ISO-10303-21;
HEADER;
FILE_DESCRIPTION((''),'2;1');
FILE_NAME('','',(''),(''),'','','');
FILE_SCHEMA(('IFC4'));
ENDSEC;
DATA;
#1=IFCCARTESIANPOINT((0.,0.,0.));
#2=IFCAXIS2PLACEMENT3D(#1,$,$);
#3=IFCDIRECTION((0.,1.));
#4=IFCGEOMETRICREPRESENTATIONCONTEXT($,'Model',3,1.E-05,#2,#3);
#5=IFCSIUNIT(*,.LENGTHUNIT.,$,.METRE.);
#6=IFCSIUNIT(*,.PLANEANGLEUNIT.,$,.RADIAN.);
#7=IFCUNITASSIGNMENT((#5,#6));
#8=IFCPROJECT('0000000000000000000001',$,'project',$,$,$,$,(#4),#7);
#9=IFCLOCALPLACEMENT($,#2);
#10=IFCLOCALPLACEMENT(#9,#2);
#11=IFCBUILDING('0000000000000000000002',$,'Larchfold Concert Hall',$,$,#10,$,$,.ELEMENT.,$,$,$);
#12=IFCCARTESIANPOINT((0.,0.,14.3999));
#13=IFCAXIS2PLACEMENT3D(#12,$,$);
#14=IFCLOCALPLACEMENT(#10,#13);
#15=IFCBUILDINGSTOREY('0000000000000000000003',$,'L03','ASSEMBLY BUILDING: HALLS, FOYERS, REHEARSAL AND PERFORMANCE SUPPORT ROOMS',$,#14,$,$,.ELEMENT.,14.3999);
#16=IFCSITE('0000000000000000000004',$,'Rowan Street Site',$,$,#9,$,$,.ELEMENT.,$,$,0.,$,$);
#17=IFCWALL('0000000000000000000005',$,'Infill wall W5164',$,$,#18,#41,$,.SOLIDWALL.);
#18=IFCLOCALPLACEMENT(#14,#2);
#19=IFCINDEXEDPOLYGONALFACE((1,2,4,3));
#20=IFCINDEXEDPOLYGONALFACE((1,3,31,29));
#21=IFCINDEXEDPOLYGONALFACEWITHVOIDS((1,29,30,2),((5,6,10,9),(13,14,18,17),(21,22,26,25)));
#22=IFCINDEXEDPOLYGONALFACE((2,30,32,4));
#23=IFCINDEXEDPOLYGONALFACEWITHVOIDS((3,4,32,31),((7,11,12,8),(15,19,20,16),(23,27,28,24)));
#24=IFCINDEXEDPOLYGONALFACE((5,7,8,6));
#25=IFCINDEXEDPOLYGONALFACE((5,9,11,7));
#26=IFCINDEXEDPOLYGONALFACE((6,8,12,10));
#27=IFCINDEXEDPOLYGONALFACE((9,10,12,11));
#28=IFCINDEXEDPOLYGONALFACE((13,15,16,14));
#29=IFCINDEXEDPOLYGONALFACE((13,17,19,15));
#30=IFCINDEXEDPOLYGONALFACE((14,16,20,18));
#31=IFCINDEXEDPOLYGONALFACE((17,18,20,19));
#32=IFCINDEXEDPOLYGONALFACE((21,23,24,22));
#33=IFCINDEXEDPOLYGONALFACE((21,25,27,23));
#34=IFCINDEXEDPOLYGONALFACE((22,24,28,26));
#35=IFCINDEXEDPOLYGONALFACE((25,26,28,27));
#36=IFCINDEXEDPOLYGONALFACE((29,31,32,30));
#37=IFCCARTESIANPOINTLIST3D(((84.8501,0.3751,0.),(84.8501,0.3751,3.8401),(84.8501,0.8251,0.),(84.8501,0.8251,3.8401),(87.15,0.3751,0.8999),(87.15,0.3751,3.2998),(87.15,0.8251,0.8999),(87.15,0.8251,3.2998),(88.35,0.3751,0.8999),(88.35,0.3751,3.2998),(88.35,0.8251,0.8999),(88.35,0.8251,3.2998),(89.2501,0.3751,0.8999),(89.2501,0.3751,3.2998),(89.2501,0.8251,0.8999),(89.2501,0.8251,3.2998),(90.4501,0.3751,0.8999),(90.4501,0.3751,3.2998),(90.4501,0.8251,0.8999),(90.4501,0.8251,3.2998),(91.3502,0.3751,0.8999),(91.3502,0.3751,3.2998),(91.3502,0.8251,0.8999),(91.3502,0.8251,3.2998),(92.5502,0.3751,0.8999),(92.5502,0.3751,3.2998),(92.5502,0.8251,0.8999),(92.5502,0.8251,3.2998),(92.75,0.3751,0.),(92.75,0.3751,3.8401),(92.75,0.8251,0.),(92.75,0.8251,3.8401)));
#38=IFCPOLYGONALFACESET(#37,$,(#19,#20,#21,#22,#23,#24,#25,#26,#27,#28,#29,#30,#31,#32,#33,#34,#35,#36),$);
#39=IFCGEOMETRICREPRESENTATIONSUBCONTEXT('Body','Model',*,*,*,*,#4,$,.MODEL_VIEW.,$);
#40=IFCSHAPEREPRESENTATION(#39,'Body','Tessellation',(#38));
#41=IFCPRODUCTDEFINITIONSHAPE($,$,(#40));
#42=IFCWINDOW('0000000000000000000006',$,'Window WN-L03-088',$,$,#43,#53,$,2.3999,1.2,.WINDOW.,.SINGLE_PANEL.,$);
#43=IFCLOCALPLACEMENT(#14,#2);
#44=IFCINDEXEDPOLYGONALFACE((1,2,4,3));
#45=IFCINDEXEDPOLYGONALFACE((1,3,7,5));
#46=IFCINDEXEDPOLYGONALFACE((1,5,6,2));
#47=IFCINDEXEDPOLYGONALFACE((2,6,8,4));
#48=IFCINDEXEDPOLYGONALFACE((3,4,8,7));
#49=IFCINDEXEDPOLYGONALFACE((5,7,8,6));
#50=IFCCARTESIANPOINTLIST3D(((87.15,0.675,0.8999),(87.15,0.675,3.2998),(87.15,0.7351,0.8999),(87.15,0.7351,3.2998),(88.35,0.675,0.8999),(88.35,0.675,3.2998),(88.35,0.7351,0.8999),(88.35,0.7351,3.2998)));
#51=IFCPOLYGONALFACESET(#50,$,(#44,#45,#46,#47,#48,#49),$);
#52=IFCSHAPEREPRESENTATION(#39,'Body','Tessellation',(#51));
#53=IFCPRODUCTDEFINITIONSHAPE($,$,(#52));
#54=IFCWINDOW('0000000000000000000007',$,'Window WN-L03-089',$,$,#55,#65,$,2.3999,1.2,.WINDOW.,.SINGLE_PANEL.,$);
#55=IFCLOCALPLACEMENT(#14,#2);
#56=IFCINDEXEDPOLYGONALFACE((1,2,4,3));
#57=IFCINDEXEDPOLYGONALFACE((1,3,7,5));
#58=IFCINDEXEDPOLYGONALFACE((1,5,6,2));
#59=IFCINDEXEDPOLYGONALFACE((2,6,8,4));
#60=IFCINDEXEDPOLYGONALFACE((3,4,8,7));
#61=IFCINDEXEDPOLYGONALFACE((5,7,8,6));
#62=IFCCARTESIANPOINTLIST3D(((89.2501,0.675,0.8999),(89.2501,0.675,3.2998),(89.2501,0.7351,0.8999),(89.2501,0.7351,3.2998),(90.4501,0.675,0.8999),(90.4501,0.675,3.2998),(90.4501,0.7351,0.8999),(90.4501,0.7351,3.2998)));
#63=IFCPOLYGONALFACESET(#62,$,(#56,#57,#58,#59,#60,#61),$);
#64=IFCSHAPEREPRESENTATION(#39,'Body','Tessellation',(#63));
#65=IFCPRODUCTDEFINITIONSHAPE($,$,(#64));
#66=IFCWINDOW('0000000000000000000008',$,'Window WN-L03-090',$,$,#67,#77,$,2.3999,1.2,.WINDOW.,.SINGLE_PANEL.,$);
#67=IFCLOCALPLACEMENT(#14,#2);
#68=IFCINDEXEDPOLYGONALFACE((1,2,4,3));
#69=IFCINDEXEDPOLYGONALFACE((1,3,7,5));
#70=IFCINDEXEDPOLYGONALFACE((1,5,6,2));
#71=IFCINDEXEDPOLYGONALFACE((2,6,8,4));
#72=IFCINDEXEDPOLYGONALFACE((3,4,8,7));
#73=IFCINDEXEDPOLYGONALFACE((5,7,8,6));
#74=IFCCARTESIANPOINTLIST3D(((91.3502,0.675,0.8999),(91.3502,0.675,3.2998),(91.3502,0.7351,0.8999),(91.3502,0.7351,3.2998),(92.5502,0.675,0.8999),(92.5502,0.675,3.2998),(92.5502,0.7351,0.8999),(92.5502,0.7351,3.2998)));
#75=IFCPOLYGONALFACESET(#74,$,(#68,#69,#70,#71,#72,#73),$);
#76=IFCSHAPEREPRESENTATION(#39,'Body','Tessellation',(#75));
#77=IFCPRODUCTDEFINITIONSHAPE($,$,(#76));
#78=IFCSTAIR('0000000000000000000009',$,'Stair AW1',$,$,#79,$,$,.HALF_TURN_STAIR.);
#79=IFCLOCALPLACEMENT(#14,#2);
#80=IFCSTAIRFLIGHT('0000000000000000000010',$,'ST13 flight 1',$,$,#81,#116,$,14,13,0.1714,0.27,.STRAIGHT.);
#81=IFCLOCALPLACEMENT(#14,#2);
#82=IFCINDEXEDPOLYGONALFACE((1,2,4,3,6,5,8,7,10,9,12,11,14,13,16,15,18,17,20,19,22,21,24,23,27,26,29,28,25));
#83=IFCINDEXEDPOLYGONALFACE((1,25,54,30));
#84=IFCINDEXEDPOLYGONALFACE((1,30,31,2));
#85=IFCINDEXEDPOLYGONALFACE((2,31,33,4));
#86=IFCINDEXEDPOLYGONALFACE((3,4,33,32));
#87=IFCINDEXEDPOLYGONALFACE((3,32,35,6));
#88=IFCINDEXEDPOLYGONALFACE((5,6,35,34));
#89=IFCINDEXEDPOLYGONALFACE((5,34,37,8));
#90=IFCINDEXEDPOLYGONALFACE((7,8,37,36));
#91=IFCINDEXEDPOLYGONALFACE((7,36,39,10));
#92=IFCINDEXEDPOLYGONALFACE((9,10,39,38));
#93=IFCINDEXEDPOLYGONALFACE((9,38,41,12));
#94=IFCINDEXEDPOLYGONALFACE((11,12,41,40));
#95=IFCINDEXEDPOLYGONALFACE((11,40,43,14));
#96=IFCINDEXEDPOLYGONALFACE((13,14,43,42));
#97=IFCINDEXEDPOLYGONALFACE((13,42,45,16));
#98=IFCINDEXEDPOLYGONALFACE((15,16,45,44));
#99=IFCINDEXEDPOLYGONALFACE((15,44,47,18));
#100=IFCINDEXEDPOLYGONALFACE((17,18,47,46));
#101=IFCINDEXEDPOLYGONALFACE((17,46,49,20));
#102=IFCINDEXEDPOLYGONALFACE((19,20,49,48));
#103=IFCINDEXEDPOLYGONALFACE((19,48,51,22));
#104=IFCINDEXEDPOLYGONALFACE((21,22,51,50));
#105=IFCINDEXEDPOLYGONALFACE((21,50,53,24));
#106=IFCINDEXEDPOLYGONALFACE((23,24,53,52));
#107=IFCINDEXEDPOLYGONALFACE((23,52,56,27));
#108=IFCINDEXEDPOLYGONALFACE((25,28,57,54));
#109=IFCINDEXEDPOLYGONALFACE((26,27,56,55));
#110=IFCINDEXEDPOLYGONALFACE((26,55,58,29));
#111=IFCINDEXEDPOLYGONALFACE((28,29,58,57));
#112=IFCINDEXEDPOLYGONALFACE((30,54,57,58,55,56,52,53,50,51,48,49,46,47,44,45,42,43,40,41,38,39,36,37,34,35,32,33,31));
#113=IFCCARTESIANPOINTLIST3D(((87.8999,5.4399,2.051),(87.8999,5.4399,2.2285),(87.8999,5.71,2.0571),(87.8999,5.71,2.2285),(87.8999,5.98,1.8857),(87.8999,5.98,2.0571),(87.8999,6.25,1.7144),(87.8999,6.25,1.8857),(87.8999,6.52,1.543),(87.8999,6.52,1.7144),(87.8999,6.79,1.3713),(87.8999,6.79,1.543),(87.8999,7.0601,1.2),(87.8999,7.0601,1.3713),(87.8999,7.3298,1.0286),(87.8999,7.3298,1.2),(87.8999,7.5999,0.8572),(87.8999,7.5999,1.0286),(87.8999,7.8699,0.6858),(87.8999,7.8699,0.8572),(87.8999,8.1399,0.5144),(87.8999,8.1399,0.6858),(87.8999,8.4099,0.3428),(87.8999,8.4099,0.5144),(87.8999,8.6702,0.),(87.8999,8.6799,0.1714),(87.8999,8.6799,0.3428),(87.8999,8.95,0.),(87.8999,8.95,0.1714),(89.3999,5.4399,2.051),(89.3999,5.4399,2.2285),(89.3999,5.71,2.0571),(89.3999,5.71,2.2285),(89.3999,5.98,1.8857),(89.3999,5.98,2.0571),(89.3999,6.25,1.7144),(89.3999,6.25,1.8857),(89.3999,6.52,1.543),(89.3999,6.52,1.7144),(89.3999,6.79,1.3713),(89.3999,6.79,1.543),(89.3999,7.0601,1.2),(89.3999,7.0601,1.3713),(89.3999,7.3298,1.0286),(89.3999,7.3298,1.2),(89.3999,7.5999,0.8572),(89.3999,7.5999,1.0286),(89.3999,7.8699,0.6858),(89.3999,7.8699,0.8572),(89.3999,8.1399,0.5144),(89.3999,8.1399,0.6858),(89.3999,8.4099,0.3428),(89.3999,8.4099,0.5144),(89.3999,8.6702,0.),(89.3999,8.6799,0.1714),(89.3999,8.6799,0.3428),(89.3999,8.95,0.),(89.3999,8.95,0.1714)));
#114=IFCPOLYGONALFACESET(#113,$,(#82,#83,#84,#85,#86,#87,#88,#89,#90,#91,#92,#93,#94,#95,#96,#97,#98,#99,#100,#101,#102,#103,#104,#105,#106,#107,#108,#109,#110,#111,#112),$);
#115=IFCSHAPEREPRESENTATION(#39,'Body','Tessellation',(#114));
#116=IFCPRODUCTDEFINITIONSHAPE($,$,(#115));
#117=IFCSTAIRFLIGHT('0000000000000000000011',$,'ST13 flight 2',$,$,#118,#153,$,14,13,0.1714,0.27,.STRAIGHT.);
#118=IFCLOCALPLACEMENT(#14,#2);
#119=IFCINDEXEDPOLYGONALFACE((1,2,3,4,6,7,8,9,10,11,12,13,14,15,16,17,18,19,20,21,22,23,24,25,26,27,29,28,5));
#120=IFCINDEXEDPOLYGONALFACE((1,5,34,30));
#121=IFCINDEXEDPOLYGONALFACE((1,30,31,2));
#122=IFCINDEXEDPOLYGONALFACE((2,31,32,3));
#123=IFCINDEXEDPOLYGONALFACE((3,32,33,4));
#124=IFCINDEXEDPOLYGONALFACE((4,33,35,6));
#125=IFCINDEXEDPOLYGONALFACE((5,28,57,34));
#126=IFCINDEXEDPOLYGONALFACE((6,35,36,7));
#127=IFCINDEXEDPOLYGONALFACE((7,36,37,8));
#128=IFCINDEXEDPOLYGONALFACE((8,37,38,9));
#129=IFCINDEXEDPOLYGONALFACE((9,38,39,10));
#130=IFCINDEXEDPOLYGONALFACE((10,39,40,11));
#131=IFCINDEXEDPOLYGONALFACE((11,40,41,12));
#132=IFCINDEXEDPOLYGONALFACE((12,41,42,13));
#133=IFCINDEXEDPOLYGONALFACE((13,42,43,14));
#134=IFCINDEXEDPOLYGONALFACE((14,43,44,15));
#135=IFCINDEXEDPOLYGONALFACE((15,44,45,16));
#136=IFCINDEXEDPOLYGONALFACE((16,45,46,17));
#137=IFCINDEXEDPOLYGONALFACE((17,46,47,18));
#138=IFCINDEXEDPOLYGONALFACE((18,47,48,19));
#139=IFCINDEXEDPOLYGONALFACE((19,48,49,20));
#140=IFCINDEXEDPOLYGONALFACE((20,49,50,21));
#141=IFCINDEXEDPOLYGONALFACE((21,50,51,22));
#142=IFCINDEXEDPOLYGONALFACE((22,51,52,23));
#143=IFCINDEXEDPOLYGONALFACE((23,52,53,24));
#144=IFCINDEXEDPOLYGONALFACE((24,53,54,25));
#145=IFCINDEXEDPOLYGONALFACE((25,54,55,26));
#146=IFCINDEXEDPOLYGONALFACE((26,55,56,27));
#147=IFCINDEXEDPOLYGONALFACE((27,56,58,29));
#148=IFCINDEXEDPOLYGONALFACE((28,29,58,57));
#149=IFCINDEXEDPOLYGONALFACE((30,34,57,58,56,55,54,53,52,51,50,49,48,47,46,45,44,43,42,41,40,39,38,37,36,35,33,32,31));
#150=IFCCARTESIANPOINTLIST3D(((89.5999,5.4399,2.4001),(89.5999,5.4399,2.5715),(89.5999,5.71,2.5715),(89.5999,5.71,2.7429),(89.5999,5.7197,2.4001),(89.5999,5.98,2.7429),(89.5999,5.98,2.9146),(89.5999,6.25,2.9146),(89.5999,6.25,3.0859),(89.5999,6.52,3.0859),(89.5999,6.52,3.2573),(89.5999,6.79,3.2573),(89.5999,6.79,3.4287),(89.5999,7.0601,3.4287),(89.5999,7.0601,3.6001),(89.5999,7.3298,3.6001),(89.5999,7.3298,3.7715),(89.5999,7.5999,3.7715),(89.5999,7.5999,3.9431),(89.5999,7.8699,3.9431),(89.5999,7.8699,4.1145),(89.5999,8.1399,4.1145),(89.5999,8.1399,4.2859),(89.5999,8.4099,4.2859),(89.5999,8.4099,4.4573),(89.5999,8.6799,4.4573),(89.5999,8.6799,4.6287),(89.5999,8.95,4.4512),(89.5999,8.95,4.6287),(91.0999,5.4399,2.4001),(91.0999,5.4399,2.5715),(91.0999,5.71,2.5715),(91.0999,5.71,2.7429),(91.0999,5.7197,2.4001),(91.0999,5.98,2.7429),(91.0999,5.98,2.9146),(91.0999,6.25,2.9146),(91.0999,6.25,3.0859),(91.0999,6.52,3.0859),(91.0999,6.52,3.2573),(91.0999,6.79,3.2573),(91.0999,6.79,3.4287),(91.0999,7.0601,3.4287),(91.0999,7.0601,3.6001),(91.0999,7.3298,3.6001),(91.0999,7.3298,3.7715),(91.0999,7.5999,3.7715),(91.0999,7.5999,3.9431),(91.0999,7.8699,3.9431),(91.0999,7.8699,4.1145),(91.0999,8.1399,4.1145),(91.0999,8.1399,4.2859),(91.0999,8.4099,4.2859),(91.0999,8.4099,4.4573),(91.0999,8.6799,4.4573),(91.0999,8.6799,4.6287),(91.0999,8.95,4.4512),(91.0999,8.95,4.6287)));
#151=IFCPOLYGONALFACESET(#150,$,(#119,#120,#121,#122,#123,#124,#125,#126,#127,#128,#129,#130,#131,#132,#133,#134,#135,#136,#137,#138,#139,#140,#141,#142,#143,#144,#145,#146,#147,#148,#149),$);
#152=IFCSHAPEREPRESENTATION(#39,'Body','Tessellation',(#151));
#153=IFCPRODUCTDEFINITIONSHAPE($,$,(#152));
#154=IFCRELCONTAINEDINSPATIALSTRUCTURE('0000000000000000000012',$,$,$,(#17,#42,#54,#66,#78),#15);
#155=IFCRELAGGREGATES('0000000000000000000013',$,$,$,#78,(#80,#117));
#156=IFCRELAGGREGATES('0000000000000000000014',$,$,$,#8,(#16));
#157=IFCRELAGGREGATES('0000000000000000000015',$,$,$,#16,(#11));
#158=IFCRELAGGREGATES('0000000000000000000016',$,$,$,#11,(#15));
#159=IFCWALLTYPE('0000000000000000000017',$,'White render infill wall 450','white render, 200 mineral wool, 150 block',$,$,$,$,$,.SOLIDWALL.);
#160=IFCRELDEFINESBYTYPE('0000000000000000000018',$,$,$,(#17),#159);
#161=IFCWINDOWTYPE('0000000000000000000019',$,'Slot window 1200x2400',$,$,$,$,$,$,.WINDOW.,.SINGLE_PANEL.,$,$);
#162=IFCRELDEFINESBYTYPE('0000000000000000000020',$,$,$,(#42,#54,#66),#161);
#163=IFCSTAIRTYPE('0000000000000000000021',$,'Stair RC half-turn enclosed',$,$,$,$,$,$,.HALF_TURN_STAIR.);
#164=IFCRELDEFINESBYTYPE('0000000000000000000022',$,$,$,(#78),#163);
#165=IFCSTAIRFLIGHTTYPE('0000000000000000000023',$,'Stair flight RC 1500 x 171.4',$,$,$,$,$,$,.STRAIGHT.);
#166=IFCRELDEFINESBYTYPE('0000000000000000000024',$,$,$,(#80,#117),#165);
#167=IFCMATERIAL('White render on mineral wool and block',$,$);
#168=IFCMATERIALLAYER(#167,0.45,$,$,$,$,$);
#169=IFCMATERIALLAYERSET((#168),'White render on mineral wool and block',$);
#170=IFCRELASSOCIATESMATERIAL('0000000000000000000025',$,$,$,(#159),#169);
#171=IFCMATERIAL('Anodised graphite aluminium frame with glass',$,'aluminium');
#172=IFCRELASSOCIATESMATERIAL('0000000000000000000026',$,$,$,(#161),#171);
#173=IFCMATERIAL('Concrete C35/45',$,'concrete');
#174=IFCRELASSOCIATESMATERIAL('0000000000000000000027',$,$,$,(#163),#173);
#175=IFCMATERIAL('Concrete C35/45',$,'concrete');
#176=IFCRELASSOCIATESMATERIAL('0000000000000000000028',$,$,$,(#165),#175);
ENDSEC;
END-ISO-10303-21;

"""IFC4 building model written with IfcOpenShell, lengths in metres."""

from ifc_helpers import new_model, si_unit, direction, frame, frame_2d, origin, place, context, subcontext, project, spatial, polyline, rectangle, outline, extrude, material, layer, layer_set, type_object, element, fill, aggregate, save


model = new_model("IFC4")

# Units and contexts
model_context = context("Model", 3, precision=1e-05, world=origin(), true_north=direction((0.0, 1.0)))
body_context = subcontext(model_context, "Body", "Model", "MODEL_VIEW")
ifc_project = project(units=[si_unit("LENGTHUNIT", "METRE"), si_unit("PLANEANGLEUNIT", "RADIAN")], contexts=[model_context])

# Site, building, storey
site_placement = place(None, origin())
site = spatial("IfcSite", under=ifc_project, at=site_placement, Name="Rowan Street Site", CompositionType="ELEMENT", RefElevation=0.0)
building_placement = place(site_placement, origin())
building = spatial("IfcBuilding", under=site, at=building_placement, Name="Larchfold Concert Hall", CompositionType="ELEMENT")
storey_placement = place(building_placement, frame((0.0, 0.0, 14.3999)))
storey = spatial("IfcBuildingStorey", under=building, at=storey_placement, Name="L03", Description="ASSEMBLY BUILDING: HALLS, FOYERS, REHEARSAL AND PERFORMANCE SUPPORT ROOMS", CompositionType="ELEMENT", Elevation=14.3999)

# Wall, openings, windows
ifc_material_1 = material(Name="White render on mineral wool and block")
ifc_layer_1 = layer(ifc_material_1, 0.45)
ifc_layer_set_1 = layer_set([ifc_layer_1], Name="White render on mineral wool and block")
wall_type_1 = type_object("IfcWallType", Name="White render infill wall 450", Description="white render, 200 mineral wool, 150 block", PredefinedType="SOLIDWALL", material=ifc_layer_set_1)
wall_1_placement = place(storey_placement, frame((84.8501, 0.6001, 0.0), z_axis=(0.0, 0.0, 1.0), x_axis=(1.0, 0.0, 0.0)))
wall_1 = element("IfcWall", 1, at=wall_1_placement, inside=storey, type_object=wall_type_1, Name="Infill wall W5164", PredefinedType="SOLIDWALL", context=body_context, shape_type="SweptSolid", body=[
    extrude(rectangle(XDim=7.8999, YDim=0.45, at=frame_2d((3.95, 0.0))), origin(), (0.0, 0.0, 1.0), 3.8401),
])
opening_1_placement = place(wall_1_placement, frame((2.2998, 0.0, 0.8999)))
opening_1 = element("IfcOpeningElement", 2, at=opening_1_placement, cuts=wall_1, PredefinedType="OPENING", context=body_context, shape_type="SweptSolid", body=[
    extrude(rectangle(XDim=1.2, YDim=2.3999, at=frame_2d((0.6001, 1.2))), frame((0.0, 0.2349, 0.0), z_axis=(0.0, -1.0, 0.0), x_axis=(1.0, 0.0, 0.0)), (0.0, 0.0, 1.0), 0.47),
])
opening_2_placement = place(wall_1_placement, frame((4.3999, 0.0, 0.8999)))
opening_2 = element("IfcOpeningElement", 3, at=opening_2_placement, cuts=wall_1, PredefinedType="OPENING", context=body_context, shape_type="SweptSolid", body=[
    extrude(rectangle(XDim=1.2, YDim=2.3999, at=frame_2d((0.6001, 1.2))), frame((0.0, 0.2349, 0.0), z_axis=(0.0, -1.0, 0.0), x_axis=(1.0, 0.0, 0.0)), (0.0, 0.0, 1.0), 0.47),
])
opening_3_placement = place(wall_1_placement, frame((6.5, 0.0, 0.8999)))
opening_3 = element("IfcOpeningElement", 4, at=opening_3_placement, cuts=wall_1, PredefinedType="OPENING", context=body_context, shape_type="SweptSolid", body=[
    extrude(rectangle(XDim=1.2, YDim=2.3999, at=frame_2d((0.6001, 1.2))), frame((0.0, 0.2349, 0.0), z_axis=(0.0, -1.0, 0.0), x_axis=(1.0, 0.0, 0.0)), (0.0, 0.0, 1.0), 0.47),
])
ifc_material_2 = material(Name="Anodised graphite aluminium frame with glass", Category="aluminium")
window_type = type_object("IfcWindowType", Name="Slot window 1200x2400", PartitioningType="SINGLE_PANEL", PredefinedType="WINDOW", material=ifc_material_2)
window_1_placement = place(opening_1_placement, origin())
window_1 = element("IfcWindow", 5, at=window_1_placement, inside=storey, type_object=window_type, Name="Window WN-L03-088", OverallHeight=2.3999, OverallWidth=1.2, PartitioningType="SINGLE_PANEL", PredefinedType="WINDOW", context=body_context, shape_type="SweptSolid", body=[
    extrude(rectangle(XDim=1.2, YDim=2.3999, at=frame_2d((0.6001, 1.2))), frame((0.0, 0.135, 0.0), z_axis=(0.0, -1.0, 0.0), x_axis=(1.0, 0.0, 0.0)), (0.0, 0.0, 1.0), 0.0601),
])
fill(opening_1, window_1)
window_2_placement = place(opening_2_placement, origin())
window_2 = element("IfcWindow", 6, at=window_2_placement, inside=storey, type_object=window_type, Name="Window WN-L03-089", OverallHeight=2.3999, OverallWidth=1.2, PartitioningType="SINGLE_PANEL", PredefinedType="WINDOW", context=body_context, shape_type="SweptSolid", body=[
    extrude(rectangle(XDim=1.2, YDim=2.3999, at=frame_2d((0.6001, 1.2))), frame((0.0, 0.135, 0.0), z_axis=(0.0, -1.0, 0.0), x_axis=(1.0, 0.0, 0.0)), (0.0, 0.0, 1.0), 0.0601),
])
fill(opening_2, window_2)
window_3_placement = place(opening_3_placement, origin())
window_3 = element("IfcWindow", 7, at=window_3_placement, inside=storey, type_object=window_type, Name="Window WN-L03-090", OverallHeight=2.3999, OverallWidth=1.2, PartitioningType="SINGLE_PANEL", PredefinedType="WINDOW", context=body_context, shape_type="SweptSolid", body=[
    extrude(rectangle(XDim=1.2, YDim=2.3999, at=frame_2d((0.6001, 1.2))), frame((0.0, 0.135, 0.0), z_axis=(0.0, -1.0, 0.0), x_axis=(1.0, 0.0, 0.0)), (0.0, 0.0, 1.0), 0.0601),
])
fill(opening_3, window_3)

# Stair, stair flights
ifc_material_3 = material(Name="Concrete C35/45", Category="concrete")
stair_type = type_object("IfcStairType", Name="Stair RC half-turn enclosed", PredefinedType="HALF_TURN_STAIR", material=ifc_material_3)
stair_placement = place(storey_placement, origin())
stair = element("IfcStair", 8, at=stair_placement, inside=storey, type_object=stair_type, Name="Stair AW1", PredefinedType="HALF_TURN_STAIR")
ifc_material_4 = material(Name="Concrete C35/45", Category="concrete")
stair_flight_type = type_object("IfcStairFlightType", Name="Stair flight RC 1500 x 171.4", PredefinedType="STRAIGHT", material=ifc_material_4)
stair_flight_1_placement = place(storey_placement, frame((88.6499, 8.95, 0.0), z_axis=(0.0, 0.0, 1.0), x_axis=(0.0, -1.0, 0.0)))
stair_flight_1 = element("IfcStairFlight", 9, at=stair_flight_1_placement, type_object=stair_flight_type, Name="ST13 flight 1", NumberOfRisers=14, NumberOfTreads=13, PredefinedType="STRAIGHT", RiserHeight=0.1714, TreadLength=0.27, context=body_context, shape_type="SweptSolid", body=[
    extrude(outline(polyline([(0.0, 0.0), (0.0, 0.1714), (0.27, 0.1714), (0.27, 0.3428), (0.54, 0.3428), (0.54, 0.5144), (0.8101, 0.5144), (0.8101, 0.6858), (1.0801, 0.6858), (1.0801, 0.8572), (1.3501, 0.8572), (1.3501, 1.0286), (1.6201, 1.0286), (1.6201, 1.2), (1.8899, 1.2), (1.8899, 1.3713), (2.1599, 1.3713), (2.1599, 1.543), (2.4299, 1.543), (2.4299, 1.7144), (2.7, 1.7144), (2.7, 1.8857), (2.97, 1.8857), (2.97, 2.0571), (3.24, 2.0571), (3.24, 2.2285), (3.51, 2.2285), (3.51, 2.3999), (3.51, 2.051), (0.2798, 0.0), (0.0, 0.0)])), frame((0.0, 0.75, 0.0), z_axis=(0.0, -1.0, 0.0), x_axis=(1.0, 0.0, 0.0)), (0.0, 0.0, 1.0), 1.5),
])
stair_flight_2_placement = place(storey_placement, frame((90.3499, 5.4399, 2.4001), z_axis=(0.0, 0.0, 1.0), x_axis=(0.0, 1.0, 0.0)))
stair_flight_2 = element("IfcStairFlight", 10, at=stair_flight_2_placement, type_object=stair_flight_type, Name="ST13 flight 2", NumberOfRisers=14, NumberOfTreads=13, PredefinedType="STRAIGHT", RiserHeight=0.1714, TreadLength=0.27, context=body_context, shape_type="SweptSolid", body=[
    extrude(outline(polyline([(0.0, 0.0), (0.0, 0.1714), (0.27, 0.1714), (0.27, 0.3428), (0.54, 0.3428), (0.54, 0.5144), (0.8101, 0.5144), (0.8101, 0.6858), (1.0801, 0.6858), (1.0801, 0.8572), (1.3501, 0.8572), (1.3501, 1.0286), (1.6201, 1.0286), (1.6201, 1.2), (1.8899, 1.2), (1.8899, 1.3713), (2.1599, 1.3713), (2.1599, 1.543), (2.4299, 1.543), (2.4299, 1.7144), (2.7, 1.7144), (2.7, 1.8857), (2.97, 1.8857), (2.97, 2.0571), (3.24, 2.0571), (3.24, 2.2285), (3.51, 2.2285), (3.51, 2.3999), (3.51, 2.051), (0.2798, 0.0), (0.0, 0.0)])), frame((0.0, 0.75, 0.0), z_axis=(0.0, -1.0, 0.0), x_axis=(1.0, 0.0, 0.0)), (0.0, 0.0, 1.0), 1.5),
])
aggregate(stair, [stair_flight_1, stair_flight_2])

save(model, "model.ifc")
